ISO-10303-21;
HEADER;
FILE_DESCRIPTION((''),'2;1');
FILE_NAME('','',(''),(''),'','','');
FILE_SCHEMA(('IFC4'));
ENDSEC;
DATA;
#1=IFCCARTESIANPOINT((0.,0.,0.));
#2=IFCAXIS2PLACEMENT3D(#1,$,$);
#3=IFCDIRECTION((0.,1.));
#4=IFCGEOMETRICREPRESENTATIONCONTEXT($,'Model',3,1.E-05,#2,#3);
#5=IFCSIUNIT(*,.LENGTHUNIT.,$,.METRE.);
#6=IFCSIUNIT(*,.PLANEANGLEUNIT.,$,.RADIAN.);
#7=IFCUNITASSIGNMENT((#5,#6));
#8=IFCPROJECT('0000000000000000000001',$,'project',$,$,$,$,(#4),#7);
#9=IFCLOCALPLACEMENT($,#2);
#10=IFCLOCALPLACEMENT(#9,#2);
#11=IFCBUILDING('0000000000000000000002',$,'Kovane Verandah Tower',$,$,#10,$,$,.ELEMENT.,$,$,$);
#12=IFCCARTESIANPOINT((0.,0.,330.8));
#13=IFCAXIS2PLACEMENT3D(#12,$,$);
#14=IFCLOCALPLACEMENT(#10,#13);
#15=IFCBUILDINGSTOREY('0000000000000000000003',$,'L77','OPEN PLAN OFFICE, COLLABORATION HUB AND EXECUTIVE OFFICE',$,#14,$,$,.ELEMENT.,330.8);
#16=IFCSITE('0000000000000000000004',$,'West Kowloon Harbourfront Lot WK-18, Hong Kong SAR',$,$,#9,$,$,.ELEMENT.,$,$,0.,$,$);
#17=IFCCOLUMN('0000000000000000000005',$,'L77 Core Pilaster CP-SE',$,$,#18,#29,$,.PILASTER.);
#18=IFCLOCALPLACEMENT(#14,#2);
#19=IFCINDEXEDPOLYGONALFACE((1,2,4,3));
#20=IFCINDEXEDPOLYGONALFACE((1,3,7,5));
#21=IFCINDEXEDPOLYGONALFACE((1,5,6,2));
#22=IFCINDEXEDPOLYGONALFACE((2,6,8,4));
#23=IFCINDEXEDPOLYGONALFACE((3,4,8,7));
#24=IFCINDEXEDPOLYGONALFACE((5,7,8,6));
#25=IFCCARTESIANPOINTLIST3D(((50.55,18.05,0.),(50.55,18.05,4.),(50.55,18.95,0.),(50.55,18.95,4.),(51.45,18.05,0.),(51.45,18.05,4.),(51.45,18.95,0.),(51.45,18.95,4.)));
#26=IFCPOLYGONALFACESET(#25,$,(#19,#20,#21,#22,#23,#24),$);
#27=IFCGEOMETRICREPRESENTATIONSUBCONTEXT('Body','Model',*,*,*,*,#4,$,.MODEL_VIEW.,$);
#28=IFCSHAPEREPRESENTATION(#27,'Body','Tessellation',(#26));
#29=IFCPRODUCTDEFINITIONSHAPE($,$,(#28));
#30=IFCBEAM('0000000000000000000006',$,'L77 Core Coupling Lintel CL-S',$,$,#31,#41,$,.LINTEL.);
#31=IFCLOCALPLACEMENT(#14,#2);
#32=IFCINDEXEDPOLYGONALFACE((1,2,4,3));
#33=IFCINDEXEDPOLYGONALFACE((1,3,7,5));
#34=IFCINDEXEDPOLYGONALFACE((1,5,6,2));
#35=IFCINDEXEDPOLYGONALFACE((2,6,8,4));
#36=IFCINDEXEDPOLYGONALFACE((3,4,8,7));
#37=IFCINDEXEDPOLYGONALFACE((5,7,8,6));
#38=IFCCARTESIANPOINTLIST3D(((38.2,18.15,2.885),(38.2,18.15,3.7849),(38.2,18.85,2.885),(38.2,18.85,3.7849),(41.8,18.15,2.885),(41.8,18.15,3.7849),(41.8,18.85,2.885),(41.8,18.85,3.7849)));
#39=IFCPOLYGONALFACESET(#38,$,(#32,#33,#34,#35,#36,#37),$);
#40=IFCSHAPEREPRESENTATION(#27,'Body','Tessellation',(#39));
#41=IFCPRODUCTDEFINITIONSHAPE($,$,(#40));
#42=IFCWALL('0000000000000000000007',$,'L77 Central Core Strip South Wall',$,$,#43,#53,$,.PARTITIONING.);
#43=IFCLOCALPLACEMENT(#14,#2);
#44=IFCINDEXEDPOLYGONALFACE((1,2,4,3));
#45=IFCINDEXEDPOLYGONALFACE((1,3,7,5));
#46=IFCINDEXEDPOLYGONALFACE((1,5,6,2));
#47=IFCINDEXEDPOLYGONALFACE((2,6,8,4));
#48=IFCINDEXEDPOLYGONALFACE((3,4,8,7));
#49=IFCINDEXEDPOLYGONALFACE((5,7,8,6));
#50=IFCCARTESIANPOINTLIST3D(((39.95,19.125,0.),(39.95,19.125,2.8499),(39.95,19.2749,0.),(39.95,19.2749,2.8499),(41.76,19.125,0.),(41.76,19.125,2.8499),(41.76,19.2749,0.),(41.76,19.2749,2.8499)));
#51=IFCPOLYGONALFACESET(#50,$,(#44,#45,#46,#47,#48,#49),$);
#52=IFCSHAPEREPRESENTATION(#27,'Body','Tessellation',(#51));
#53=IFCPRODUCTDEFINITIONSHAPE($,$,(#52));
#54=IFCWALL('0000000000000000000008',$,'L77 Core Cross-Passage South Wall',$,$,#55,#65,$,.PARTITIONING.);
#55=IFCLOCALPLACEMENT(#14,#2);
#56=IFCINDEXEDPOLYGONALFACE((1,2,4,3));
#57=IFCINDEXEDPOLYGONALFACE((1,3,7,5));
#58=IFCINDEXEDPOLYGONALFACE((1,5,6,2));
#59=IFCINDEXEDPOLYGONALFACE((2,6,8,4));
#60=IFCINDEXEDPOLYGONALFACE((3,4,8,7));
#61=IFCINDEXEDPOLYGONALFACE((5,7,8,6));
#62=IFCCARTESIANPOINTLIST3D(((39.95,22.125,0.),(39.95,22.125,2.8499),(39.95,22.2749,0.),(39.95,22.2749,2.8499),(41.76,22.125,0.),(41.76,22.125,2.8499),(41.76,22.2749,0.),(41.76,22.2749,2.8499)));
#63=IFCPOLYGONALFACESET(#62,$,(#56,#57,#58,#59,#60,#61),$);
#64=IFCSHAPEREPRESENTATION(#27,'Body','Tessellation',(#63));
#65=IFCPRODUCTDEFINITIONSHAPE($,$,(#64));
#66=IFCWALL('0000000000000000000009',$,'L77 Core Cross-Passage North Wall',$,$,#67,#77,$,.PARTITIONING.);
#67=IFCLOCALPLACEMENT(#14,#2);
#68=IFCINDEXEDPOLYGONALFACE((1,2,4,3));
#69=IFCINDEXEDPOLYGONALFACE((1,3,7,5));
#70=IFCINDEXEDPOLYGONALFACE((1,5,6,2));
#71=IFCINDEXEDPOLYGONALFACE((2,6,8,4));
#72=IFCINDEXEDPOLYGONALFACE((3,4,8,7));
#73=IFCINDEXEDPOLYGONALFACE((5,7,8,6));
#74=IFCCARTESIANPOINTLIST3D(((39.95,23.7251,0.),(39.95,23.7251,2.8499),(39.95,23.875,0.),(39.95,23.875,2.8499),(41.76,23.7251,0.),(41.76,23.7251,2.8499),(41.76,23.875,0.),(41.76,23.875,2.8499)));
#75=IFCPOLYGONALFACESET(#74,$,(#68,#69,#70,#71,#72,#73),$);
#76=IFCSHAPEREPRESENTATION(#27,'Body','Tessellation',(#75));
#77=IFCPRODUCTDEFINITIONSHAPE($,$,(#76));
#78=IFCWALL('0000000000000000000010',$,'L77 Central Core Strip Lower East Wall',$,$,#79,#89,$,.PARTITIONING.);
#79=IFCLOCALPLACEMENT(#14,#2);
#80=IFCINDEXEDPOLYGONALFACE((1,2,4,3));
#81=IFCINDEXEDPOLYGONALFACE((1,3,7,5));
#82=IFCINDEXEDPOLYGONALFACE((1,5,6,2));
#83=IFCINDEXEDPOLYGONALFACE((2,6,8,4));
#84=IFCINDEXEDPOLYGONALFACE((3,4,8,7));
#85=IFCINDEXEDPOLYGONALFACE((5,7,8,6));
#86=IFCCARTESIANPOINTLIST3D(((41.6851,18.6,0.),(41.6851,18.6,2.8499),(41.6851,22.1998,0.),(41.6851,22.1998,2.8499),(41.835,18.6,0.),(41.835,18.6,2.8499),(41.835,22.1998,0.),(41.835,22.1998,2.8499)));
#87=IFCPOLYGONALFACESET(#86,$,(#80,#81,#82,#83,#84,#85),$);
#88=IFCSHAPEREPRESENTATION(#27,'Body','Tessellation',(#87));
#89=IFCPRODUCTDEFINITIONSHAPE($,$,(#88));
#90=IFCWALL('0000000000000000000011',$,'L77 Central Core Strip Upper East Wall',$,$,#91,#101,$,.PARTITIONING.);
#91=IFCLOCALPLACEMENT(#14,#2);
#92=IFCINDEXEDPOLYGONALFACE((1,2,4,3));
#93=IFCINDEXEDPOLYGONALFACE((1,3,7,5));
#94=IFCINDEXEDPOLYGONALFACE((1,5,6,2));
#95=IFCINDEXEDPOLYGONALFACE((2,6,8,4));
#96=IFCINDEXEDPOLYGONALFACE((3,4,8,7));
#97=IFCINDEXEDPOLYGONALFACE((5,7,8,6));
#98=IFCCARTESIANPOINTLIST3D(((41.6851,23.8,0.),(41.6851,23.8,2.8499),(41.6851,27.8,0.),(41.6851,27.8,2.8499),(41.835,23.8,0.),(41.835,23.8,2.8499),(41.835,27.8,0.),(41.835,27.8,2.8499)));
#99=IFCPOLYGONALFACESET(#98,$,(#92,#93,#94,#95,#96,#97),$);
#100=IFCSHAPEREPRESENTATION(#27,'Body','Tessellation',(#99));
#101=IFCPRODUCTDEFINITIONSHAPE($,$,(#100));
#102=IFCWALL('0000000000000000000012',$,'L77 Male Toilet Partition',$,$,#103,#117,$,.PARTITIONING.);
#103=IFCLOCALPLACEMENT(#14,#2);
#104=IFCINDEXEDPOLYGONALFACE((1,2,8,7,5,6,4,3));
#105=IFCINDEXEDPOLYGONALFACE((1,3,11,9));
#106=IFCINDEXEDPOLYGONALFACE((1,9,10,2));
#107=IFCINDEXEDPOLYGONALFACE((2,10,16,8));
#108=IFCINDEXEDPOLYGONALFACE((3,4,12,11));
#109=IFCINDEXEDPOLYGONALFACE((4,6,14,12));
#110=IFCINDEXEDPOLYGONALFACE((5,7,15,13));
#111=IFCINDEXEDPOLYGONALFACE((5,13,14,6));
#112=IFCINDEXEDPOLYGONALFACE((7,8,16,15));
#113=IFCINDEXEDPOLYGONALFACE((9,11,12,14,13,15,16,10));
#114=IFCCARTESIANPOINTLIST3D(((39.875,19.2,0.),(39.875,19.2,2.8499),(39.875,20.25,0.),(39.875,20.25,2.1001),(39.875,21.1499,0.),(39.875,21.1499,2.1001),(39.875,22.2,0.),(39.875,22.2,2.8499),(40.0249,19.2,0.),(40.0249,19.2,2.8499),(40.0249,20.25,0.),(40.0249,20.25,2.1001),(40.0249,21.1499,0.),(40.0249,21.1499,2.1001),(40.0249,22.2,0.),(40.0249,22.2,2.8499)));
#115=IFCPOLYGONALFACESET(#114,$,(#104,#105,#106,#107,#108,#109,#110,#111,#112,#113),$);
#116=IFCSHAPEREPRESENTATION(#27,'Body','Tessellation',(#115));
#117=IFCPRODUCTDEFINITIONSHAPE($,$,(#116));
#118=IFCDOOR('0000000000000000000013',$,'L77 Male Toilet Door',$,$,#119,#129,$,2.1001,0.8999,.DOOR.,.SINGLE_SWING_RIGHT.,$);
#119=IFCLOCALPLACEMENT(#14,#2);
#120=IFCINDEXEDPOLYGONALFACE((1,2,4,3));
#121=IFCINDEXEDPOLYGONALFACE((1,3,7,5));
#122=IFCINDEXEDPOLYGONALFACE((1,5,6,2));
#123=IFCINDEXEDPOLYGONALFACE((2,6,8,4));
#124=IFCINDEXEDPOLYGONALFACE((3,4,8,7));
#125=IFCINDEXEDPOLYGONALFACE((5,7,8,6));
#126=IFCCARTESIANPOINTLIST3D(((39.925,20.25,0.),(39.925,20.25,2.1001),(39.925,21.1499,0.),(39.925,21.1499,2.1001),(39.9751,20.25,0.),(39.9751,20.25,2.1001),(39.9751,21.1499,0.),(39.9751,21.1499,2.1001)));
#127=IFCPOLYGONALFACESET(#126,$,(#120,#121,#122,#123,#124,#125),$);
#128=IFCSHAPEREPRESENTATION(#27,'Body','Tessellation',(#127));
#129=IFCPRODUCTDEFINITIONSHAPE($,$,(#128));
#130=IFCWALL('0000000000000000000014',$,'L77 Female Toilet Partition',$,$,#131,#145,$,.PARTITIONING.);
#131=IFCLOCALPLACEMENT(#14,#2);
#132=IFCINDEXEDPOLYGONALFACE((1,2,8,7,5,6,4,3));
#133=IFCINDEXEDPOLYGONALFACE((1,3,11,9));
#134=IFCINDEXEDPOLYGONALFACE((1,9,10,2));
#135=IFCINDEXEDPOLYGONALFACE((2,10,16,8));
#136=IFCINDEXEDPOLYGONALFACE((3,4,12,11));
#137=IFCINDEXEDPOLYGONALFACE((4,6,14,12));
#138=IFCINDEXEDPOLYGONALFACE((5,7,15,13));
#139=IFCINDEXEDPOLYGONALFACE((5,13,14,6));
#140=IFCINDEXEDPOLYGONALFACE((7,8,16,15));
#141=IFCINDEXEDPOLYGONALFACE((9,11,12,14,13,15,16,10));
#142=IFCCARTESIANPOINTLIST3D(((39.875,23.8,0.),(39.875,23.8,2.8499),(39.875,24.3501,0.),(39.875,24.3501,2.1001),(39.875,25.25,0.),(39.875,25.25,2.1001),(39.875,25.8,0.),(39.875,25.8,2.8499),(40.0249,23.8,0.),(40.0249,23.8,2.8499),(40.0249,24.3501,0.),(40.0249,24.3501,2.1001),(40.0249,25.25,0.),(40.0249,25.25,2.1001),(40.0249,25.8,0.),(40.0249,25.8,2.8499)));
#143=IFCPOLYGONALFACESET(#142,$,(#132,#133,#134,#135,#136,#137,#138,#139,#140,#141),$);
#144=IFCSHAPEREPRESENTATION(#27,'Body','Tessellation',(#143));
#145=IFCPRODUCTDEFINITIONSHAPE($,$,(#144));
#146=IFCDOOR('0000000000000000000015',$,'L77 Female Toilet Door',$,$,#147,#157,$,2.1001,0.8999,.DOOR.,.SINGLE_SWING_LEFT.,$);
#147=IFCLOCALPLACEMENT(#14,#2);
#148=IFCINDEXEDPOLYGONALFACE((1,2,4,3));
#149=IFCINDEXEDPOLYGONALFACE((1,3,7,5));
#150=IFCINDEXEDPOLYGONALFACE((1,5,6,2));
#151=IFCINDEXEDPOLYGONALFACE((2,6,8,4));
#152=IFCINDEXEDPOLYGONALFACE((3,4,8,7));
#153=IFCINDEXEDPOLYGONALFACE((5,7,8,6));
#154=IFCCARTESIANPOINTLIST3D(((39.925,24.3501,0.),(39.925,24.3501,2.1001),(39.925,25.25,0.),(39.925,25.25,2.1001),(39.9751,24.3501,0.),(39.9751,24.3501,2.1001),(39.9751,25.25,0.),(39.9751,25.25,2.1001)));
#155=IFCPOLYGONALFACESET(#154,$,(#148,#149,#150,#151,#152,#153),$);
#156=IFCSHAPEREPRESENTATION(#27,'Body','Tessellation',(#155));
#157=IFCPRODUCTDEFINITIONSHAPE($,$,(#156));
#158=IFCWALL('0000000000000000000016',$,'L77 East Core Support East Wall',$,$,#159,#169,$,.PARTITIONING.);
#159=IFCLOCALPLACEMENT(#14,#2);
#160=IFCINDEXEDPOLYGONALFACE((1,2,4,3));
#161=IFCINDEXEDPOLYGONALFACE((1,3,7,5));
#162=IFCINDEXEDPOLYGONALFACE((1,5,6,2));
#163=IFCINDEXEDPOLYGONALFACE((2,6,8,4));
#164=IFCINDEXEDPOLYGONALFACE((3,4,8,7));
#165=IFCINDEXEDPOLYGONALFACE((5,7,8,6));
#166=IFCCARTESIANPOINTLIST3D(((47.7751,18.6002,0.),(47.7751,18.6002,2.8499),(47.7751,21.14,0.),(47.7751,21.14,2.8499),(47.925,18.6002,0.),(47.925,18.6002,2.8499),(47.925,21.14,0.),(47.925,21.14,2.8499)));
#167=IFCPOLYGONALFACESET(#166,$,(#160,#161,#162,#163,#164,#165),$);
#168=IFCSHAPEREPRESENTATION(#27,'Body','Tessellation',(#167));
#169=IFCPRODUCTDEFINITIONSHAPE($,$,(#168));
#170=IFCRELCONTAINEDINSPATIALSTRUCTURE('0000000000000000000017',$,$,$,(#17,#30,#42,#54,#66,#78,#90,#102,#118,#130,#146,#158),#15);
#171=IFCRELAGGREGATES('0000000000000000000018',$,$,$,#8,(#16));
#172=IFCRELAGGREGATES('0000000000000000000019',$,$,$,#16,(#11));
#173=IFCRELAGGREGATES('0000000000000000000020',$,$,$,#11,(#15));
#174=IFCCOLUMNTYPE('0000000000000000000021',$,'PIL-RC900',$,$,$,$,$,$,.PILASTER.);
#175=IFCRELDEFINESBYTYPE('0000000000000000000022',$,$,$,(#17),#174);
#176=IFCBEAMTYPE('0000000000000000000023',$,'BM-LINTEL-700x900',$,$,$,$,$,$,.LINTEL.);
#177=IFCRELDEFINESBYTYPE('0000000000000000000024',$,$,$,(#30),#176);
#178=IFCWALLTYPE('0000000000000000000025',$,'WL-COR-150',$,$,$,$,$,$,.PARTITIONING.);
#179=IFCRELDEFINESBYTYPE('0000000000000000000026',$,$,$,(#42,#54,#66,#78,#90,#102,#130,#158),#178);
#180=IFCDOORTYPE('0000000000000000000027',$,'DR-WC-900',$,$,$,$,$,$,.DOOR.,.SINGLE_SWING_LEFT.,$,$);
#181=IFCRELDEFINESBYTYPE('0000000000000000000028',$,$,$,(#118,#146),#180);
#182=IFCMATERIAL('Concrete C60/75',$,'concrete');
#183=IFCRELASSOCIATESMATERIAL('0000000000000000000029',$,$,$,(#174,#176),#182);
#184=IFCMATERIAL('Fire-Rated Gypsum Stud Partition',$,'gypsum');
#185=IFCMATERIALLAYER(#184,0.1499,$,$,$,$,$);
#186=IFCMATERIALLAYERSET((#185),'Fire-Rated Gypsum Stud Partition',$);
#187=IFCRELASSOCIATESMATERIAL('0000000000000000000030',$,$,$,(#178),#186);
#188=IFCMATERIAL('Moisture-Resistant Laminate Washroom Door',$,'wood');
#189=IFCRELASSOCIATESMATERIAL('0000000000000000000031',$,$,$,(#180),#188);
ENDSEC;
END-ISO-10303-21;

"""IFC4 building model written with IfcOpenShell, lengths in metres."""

from ifc_helpers import new_model, si_unit, direction, frame, frame_2d, origin, origin_2d, place, context, subcontext, project, spatial, rectangle, extrude, material, layer, layer_set, material_profile, profile_set, type_object, element, fill, save


model = new_model("IFC4")

# Units and contexts
model_context = context("Model", 3, precision=1e-05, world=origin(), true_north=direction((0.0, 1.0)))
body_context = subcontext(model_context, "Body", "Model", "MODEL_VIEW")
ifc_project = project(units=[si_unit("LENGTHUNIT", "METRE"), si_unit("PLANEANGLEUNIT", "RADIAN")], contexts=[model_context])

# Site, building, storey
site_placement = place(None, origin())
site = spatial("IfcSite", under=ifc_project, at=site_placement, Name="West Kowloon Harbourfront Lot WK-18, Hong Kong SAR", CompositionType="ELEMENT", RefElevation=0.0)
building_placement = place(site_placement, origin())
building = spatial("IfcBuilding", under=site, at=building_placement, Name="Kovane Verandah Tower", CompositionType="ELEMENT")
storey_placement = place(building_placement, frame((0.0, 0.0, 330.8)))
storey = spatial("IfcBuildingStorey", under=building, at=storey_placement, Name="L77", Description="OPEN PLAN OFFICE, COLLABORATION HUB AND EXECUTIVE OFFICE", CompositionType="ELEMENT", Elevation=330.8)

# Column
ifc_material_1 = material(Name="Concrete C60/75", Category="concrete")
ifc_material_profile_1 = material_profile(ifc_material_1, rectangle(XDim=0.8999, YDim=0.8999, at=origin_2d()), Name="RC900x900")
ifc_profile_set_1 = profile_set([ifc_material_profile_1], Name="Concrete C60/75")
column_type = type_object("IfcColumnType", Name="PIL-RC900", PredefinedType="PILASTER", material=ifc_profile_set_1)
column_placement = place(storey_placement, frame((51.0, 18.5, 0.0), z_axis=(0.0, 0.0, 1.0), x_axis=(1.0, 0.0, 0.0)))
element("IfcColumn", 1, at=column_placement, inside=storey, type_object=column_type, Name="L77 Core Pilaster CP-SE", PredefinedType="PILASTER", context=body_context, shape_type="SweptSolid", body=[
    extrude(rectangle(XDim=0.8999, YDim=0.8999, at=origin_2d()), origin(), (0.0, 0.0, 1.0), 4.0),
])

# Beam
ifc_material_profile_2 = material_profile(ifc_material_1, rectangle(XDim=0.7, YDim=0.8999, at=origin_2d()), Name="RCB700x900")
ifc_profile_set_2 = profile_set([ifc_material_profile_2], Name="Concrete C60/75")
beam_type = type_object("IfcBeamType", Name="BM-LINTEL-700x900", PredefinedType="LINTEL", material=ifc_profile_set_2)
beam_placement = place(storey_placement, frame((38.2, 18.5, 3.335), z_axis=(1.0, 0.0, 0.0), x_axis=(0.0, 1.0, 0.0)))
element("IfcBeam", 2, at=beam_placement, inside=storey, type_object=beam_type, Name="L77 Core Coupling Lintel CL-S", PredefinedType="LINTEL", context=body_context, shape_type="SweptSolid", body=[
    extrude(rectangle(XDim=0.7, YDim=0.8999, at=origin_2d()), origin(), (0.0, 0.0, 1.0), 3.6001),
])

# Walls
ifc_material_2 = material(Name="Fire-Rated Gypsum Stud Partition", Category="gypsum")
ifc_layer_1 = layer(ifc_material_2, 0.1499)
ifc_layer_set_1 = layer_set([ifc_layer_1], Name="Fire-Rated Gypsum Stud Partition")
wall_type_1 = type_object("IfcWallType", Name="WL-COR-150", PredefinedType="PARTITIONING", material=ifc_layer_set_1)
for number, where, z_axis, x_axis, name in (
    (3, (39.95, 19.2, 0.0), (0.0, 0.0, 1.0), (1.0, 0.0, 0.0), "L77 Central Core Strip South Wall"),
    (4, (39.95, 22.2, 0.0), (0.0, 0.0, 1.0), (1.0, 0.0, 0.0), "L77 Core Cross-Passage South Wall"),
    (5, (39.95, 23.8, 0.0), (0.0, 0.0, 1.0), (1.0, 0.0, 0.0), "L77 Core Cross-Passage North Wall"),
):
    element("IfcWall", number, at=place(storey_placement, frame(where, z_axis=z_axis, x_axis=x_axis)), inside=storey, type_object=wall_type_1, Name=name, PredefinedType="PARTITIONING", context=body_context, shape_type="SweptSolid", body=[
        extrude(rectangle(XDim=1.8101, YDim=0.1499, at=frame_2d((0.905, 0.0))), origin(), (0.0, 0.0, 1.0), 2.8499),
    ])
wall_1_placement = place(storey_placement, frame((41.76, 18.6001, 0.0), z_axis=(0.0, 0.0, 1.0), x_axis=(0.0, 1.0, 0.0)))
element("IfcWall", 6, at=wall_1_placement, inside=storey, type_object=wall_type_1, Name="L77 Central Core Strip Lower East Wall", PredefinedType="PARTITIONING", context=body_context, shape_type="SweptSolid", body=[
    extrude(rectangle(XDim=3.5999, YDim=0.1499, at=frame_2d((1.7998, 0.0))), origin(), (0.0, 0.0, 1.0), 2.8499),
])
wall_2_placement = place(storey_placement, frame((41.76, 23.8, 0.0), z_axis=(0.0, 0.0, 1.0), x_axis=(0.0, 1.0, 0.0)))
element("IfcWall", 7, at=wall_2_placement, inside=storey, type_object=wall_type_1, Name="L77 Central Core Strip Upper East Wall", PredefinedType="PARTITIONING", context=body_context, shape_type="SweptSolid", body=[
    extrude(rectangle(XDim=4.0, YDim=0.1499, at=frame_2d((2.0, 0.0))), origin(), (0.0, 0.0, 1.0), 2.8499),
])

# Walls, openings, doors
wall_3_placement = place(storey_placement, frame((39.95, 19.2, 0.0), z_axis=(0.0, 0.0, 1.0), x_axis=(0.0, 1.0, 0.0)))
wall_3 = element("IfcWall", 8, at=wall_3_placement, inside=storey, type_object=wall_type_1, Name="L77 Male Toilet Partition", PredefinedType="PARTITIONING", context=body_context, shape_type="SweptSolid", body=[
    extrude(rectangle(XDim=3.0, YDim=0.1499, at=frame_2d((1.5, 0.0))), origin(), (0.0, 0.0, 1.0), 2.8499),
])
opening_1_placement = place(wall_3_placement, frame((1.05, 0.0, 0.0)))
opening_1 = element("IfcOpeningElement", 9, at=opening_1_placement, cuts=wall_3, PredefinedType="OPENING", context=body_context, shape_type="SweptSolid", body=[
    extrude(rectangle(XDim=0.8999, YDim=2.1001, at=frame_2d((0.45, 1.05))), frame((0.0, 0.075, 0.0), z_axis=(0.0, -1.0, 0.0), x_axis=(1.0, 0.0, 0.0)), (0.0, 0.0, 1.0), 0.1499),
])
ifc_material_3 = material(Name="Moisture-Resistant Laminate Washroom Door", Category="wood")
door_type_1 = type_object("IfcDoorType", Name="DR-WC-900", OperationType="SINGLE_SWING_LEFT", PredefinedType="DOOR", material=ifc_material_3)
door_1_placement = place(opening_1_placement, origin())
door_1 = element("IfcDoor", 10, at=door_1_placement, inside=storey, type_object=door_type_1, Name="L77 Male Toilet Door", OperationType="SINGLE_SWING_RIGHT", OverallHeight=2.1001, OverallWidth=0.8999, PredefinedType="DOOR", context=body_context, shape_type="SweptSolid", body=[
    extrude(rectangle(XDim=0.8999, YDim=2.1001, at=frame_2d((0.45, 1.05))), frame((0.0, 0.0249, 0.0), z_axis=(0.0, -1.0, 0.0), x_axis=(1.0, 0.0, 0.0)), (0.0, 0.0, 1.0), 0.05),
])
fill(opening_1, door_1)
wall_4_placement = place(storey_placement, frame((39.95, 23.8, 0.0), z_axis=(0.0, 0.0, 1.0), x_axis=(0.0, 1.0, 0.0)))
wall_4 = element("IfcWall", 11, at=wall_4_placement, inside=storey, type_object=wall_type_1, Name="L77 Female Toilet Partition", PredefinedType="PARTITIONING", context=body_context, shape_type="SweptSolid", body=[
    extrude(rectangle(XDim=2.0, YDim=0.1499, at=frame_2d((1.0, 0.0))), origin(), (0.0, 0.0, 1.0), 2.8499),
])
opening_2_placement = place(wall_4_placement, frame((0.55, 0.0, 0.0)))
opening_2 = element("IfcOpeningElement", 12, at=opening_2_placement, cuts=wall_4, PredefinedType="OPENING", context=body_context, shape_type="SweptSolid", body=[
    extrude(rectangle(XDim=0.8999, YDim=2.1001, at=frame_2d((0.45, 1.05))), frame((0.0, 0.075, 0.0), z_axis=(0.0, -1.0, 0.0), x_axis=(1.0, 0.0, 0.0)), (0.0, 0.0, 1.0), 0.1499),
])
door_2_placement = place(opening_2_placement, origin())
door_2 = element("IfcDoor", 13, at=door_2_placement, inside=storey, type_object=door_type_1, Name="L77 Female Toilet Door", OperationType="SINGLE_SWING_LEFT", OverallHeight=2.1001, OverallWidth=0.8999, PredefinedType="DOOR", context=body_context, shape_type="SweptSolid", body=[
    extrude(rectangle(XDim=0.8999, YDim=2.1001, at=frame_2d((0.45, 1.05))), frame((0.0, 0.0249, 0.0), z_axis=(0.0, -1.0, 0.0), x_axis=(1.0, 0.0, 0.0)), (0.0, 0.0, 1.0), 0.05),
])
fill(opening_2, door_2)

# Wall
wall_5_placement = place(storey_placement, frame((47.8501, 18.6001, 0.0), z_axis=(0.0, 0.0, 1.0), x_axis=(0.0, 1.0, 0.0)))
element("IfcWall", 14, at=wall_5_placement, inside=storey, type_object=wall_type_1, Name="L77 East Core Support East Wall", PredefinedType="PARTITIONING", context=body_context, shape_type="SweptSolid", body=[
    extrude(rectangle(XDim=2.5398, YDim=0.1499, at=frame_2d((1.27, 0.0))), origin(), (0.0, 0.0, 1.0), 2.8499),
])

save(model, "model.ifc")
